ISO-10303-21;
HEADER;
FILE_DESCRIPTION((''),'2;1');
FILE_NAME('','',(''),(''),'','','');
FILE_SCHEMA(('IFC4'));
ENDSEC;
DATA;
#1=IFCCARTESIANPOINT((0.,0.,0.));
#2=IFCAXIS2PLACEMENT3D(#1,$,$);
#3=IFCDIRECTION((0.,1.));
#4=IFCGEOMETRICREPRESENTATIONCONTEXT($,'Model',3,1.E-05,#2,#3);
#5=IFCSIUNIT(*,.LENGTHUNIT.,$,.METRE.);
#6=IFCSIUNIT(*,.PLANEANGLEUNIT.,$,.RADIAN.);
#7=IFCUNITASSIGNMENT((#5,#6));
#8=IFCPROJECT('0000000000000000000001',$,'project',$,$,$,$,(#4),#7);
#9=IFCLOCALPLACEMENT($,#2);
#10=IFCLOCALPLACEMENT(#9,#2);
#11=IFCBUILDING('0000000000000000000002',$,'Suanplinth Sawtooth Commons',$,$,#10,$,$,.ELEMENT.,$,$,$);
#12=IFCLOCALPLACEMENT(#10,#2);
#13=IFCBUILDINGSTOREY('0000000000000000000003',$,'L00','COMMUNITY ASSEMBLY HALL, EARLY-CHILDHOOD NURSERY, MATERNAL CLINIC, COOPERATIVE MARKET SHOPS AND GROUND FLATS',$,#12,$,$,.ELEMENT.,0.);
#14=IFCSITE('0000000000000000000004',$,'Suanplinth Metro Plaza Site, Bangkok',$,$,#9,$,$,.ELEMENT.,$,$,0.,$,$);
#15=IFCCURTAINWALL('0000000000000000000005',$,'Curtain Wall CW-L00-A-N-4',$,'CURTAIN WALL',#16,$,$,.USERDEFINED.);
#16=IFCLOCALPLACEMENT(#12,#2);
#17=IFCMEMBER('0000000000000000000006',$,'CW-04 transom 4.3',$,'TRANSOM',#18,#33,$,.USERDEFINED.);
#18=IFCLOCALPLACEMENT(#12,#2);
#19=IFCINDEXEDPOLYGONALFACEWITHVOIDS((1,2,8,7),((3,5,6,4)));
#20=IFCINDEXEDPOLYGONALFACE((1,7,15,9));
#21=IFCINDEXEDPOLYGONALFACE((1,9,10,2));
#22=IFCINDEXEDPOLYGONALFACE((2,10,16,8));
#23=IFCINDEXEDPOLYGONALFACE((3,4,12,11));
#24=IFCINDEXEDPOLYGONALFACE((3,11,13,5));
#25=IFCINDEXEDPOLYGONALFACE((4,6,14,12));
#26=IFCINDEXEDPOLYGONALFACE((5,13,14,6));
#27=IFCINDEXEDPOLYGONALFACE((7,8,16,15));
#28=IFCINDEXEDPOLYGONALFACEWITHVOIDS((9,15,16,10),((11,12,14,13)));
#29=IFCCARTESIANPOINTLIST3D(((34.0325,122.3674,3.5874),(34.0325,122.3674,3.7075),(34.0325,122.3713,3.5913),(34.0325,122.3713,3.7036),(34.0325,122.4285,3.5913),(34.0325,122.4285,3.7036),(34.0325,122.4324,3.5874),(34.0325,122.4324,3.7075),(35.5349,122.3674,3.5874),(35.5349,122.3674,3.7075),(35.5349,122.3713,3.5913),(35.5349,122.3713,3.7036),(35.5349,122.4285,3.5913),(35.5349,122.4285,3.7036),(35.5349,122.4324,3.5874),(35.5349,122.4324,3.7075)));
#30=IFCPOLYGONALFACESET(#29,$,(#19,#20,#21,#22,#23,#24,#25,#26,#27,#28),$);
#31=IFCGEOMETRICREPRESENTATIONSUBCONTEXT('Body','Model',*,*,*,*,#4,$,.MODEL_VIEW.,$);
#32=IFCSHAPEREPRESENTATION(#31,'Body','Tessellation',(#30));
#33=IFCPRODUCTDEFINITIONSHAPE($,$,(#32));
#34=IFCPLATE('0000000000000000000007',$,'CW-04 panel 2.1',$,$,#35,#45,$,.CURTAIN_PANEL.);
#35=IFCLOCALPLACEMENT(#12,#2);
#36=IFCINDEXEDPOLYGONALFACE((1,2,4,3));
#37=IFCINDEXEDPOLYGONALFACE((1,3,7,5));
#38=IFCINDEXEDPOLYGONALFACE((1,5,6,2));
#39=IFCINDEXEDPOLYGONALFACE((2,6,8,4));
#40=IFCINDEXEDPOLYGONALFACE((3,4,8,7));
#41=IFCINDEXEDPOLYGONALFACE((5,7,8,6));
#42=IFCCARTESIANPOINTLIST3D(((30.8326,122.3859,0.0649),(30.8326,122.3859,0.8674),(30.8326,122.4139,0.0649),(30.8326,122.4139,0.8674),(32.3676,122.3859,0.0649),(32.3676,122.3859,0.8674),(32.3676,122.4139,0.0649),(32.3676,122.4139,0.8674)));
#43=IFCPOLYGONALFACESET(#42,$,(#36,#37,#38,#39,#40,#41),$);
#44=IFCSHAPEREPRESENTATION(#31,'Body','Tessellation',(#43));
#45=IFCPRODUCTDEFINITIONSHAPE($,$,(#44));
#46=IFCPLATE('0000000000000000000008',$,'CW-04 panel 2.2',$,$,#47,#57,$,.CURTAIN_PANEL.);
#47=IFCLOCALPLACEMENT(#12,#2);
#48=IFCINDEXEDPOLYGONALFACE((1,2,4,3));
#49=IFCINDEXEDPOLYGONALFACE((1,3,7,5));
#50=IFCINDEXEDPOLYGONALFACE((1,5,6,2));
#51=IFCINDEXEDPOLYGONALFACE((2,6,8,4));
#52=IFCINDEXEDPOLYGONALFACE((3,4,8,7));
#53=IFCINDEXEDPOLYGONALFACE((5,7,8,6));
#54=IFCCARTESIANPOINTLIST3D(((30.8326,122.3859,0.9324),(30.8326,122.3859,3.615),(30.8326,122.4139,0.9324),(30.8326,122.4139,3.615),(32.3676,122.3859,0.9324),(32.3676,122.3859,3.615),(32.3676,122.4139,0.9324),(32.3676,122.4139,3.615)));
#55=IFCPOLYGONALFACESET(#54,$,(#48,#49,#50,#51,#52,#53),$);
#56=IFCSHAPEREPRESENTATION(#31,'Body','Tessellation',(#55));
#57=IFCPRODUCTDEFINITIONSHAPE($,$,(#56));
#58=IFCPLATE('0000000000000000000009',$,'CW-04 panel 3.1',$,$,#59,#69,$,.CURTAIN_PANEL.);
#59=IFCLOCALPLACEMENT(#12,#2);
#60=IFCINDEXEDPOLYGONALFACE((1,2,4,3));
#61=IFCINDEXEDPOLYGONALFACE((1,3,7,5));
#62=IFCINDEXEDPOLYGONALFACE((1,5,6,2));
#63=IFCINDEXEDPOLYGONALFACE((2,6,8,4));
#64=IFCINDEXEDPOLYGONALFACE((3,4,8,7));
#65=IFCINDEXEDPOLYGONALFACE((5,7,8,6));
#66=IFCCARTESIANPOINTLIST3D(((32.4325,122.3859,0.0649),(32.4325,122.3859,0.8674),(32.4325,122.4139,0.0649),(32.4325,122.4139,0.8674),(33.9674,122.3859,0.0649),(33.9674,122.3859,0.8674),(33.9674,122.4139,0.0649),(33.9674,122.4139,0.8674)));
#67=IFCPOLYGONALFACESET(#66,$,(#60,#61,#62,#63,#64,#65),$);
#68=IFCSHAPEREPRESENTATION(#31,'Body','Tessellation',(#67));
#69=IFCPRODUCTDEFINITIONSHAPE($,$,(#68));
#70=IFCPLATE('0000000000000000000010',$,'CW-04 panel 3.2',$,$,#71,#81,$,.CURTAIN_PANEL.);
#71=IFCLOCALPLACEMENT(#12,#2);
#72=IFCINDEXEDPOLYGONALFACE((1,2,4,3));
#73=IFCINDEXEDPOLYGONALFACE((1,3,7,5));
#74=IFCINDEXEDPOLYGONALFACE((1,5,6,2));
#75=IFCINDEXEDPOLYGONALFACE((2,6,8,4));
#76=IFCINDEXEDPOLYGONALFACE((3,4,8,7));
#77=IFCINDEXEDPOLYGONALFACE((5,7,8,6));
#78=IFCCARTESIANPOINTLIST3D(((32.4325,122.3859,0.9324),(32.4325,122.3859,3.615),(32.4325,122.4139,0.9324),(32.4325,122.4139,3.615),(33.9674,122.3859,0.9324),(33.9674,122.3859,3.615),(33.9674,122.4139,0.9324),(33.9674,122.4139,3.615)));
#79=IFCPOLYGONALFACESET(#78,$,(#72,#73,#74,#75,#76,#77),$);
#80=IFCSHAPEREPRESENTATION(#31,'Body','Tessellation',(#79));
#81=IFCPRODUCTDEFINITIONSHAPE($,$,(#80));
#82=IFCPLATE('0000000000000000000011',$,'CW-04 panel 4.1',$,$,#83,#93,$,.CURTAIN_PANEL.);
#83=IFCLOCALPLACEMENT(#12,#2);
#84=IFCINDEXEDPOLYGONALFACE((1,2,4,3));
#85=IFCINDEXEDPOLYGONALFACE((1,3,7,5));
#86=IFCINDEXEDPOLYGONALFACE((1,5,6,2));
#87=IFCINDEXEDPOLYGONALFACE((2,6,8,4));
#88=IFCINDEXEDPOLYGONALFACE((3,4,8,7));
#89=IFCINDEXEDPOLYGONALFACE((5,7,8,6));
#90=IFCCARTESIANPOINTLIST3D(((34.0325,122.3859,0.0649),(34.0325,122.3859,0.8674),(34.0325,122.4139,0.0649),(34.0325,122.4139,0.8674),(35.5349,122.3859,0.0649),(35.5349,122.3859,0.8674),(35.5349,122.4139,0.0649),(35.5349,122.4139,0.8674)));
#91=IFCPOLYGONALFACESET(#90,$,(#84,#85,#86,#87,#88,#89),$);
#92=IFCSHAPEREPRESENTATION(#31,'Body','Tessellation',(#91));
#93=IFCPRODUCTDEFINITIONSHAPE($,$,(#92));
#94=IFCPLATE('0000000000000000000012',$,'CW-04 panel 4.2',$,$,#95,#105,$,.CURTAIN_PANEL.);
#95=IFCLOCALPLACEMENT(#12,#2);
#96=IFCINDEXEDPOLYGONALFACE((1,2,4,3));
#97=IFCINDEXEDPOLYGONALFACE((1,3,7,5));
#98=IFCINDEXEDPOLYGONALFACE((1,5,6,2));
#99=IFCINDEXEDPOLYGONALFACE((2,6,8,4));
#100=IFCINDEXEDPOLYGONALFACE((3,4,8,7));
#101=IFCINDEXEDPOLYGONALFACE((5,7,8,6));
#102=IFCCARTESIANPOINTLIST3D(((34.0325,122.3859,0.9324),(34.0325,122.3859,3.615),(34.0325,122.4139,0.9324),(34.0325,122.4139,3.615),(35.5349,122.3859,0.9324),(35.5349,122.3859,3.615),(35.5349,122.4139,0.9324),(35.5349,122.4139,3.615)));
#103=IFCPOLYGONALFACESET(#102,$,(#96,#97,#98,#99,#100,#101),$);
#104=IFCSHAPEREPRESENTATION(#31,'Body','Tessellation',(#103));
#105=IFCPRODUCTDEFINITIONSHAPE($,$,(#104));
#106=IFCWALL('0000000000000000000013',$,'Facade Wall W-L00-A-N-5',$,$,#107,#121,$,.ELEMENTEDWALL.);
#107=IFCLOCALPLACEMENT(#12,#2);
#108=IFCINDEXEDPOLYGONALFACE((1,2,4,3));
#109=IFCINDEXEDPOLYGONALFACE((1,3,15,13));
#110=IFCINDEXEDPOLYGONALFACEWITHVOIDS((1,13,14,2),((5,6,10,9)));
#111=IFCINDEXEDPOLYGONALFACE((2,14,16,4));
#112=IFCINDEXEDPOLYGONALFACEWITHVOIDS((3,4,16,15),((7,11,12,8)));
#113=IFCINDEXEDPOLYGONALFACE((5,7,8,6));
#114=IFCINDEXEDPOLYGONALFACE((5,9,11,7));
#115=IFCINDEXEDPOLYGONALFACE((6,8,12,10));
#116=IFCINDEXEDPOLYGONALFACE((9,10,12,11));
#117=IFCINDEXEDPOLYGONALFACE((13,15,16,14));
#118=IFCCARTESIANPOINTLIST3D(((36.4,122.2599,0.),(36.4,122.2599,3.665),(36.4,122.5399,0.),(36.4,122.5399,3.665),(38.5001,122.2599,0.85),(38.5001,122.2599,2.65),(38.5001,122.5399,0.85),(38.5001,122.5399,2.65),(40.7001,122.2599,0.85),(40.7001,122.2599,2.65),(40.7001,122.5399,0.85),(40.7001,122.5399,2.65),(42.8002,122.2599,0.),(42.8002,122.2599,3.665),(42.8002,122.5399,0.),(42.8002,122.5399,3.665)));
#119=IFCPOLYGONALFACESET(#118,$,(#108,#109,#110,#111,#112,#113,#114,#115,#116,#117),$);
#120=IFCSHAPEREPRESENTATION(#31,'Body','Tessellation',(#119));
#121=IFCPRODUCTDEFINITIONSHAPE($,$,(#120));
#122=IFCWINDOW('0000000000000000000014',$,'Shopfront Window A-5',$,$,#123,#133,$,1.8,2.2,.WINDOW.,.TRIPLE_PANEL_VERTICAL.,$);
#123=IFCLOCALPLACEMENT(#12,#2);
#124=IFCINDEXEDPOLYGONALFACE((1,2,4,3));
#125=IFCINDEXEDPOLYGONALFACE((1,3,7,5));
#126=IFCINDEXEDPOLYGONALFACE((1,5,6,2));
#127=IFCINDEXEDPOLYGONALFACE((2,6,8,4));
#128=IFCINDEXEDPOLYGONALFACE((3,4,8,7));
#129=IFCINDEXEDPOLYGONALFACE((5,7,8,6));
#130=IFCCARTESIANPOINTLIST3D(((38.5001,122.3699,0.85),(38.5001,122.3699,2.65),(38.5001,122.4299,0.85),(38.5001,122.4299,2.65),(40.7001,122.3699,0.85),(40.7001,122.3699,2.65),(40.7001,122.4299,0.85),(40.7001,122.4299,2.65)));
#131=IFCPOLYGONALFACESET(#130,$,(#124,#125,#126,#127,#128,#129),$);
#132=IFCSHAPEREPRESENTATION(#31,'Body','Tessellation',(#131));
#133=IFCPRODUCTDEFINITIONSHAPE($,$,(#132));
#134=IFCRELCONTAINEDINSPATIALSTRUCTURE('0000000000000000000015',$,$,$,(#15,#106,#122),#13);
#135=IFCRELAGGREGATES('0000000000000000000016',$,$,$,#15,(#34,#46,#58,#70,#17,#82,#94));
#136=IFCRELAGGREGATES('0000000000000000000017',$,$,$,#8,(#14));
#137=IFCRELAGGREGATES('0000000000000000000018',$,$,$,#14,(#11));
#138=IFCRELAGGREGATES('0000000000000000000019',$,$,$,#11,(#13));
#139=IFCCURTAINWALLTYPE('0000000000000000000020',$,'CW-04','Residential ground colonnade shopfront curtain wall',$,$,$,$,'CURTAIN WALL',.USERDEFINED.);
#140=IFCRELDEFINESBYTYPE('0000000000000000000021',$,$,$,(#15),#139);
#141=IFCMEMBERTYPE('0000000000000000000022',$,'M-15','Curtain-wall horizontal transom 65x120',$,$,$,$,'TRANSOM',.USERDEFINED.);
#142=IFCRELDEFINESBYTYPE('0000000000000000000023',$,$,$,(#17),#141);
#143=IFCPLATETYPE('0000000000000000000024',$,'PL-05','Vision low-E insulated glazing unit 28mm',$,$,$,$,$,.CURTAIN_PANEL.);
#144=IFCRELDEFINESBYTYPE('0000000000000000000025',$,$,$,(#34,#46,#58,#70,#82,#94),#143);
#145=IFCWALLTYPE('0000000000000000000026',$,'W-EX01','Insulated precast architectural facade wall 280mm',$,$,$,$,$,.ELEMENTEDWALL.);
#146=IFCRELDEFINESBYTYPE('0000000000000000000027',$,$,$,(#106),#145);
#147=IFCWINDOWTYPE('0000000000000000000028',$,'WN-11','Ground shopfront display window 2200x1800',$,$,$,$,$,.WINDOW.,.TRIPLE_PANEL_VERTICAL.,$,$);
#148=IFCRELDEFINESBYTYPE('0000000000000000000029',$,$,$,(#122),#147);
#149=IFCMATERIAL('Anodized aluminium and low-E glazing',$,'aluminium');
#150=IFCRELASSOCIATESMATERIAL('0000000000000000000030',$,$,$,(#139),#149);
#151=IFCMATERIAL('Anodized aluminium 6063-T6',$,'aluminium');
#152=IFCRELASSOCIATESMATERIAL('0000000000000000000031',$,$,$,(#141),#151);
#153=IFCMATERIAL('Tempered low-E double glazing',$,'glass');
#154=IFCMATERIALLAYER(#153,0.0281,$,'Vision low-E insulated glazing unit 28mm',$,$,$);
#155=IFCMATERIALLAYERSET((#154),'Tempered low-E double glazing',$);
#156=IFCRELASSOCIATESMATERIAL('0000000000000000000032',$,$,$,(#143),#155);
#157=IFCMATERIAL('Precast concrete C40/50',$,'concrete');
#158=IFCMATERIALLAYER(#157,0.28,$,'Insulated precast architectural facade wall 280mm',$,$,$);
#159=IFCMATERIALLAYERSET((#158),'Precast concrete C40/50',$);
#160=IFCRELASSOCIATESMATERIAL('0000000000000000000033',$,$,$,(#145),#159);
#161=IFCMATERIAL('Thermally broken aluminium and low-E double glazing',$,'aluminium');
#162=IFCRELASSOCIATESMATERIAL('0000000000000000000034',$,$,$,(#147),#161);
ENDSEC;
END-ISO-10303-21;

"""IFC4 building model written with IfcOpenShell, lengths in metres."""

from ifc_helpers import new_model, si_unit, direction, frame, frame_2d, origin, origin_2d, place, context, subcontext, project, spatial, rectangle, hollow_rectangle, extrude, material, layer, layer_set, material_profile, profile_set, type_object, element, fill, aggregate, save


model = new_model("IFC4")

# Units and contexts
model_context = context("Model", 3, precision=1e-05, world=origin(), true_north=direction((0.0, 1.0)))
body_context = subcontext(model_context, "Body", "Model", "MODEL_VIEW")
ifc_project = project(units=[si_unit("LENGTHUNIT", "METRE"), si_unit("PLANEANGLEUNIT", "RADIAN")], contexts=[model_context])

# Site, building, storey
site_placement = place(None, origin())
site = spatial("IfcSite", under=ifc_project, at=site_placement, Name="Suanplinth Metro Plaza Site, Bangkok", CompositionType="ELEMENT", RefElevation=0.0)
building_placement = place(site_placement, origin())
building = spatial("IfcBuilding", under=site, at=building_placement, Name="Suanplinth Sawtooth Commons", CompositionType="ELEMENT")
storey_placement = place(building_placement, origin())
storey = spatial("IfcBuildingStorey", under=building, at=storey_placement, Name="L00", Description="COMMUNITY ASSEMBLY HALL, EARLY-CHILDHOOD NURSERY, MATERNAL CLINIC, COOPERATIVE MARKET SHOPS AND GROUND FLATS", CompositionType="ELEMENT", Elevation=0.0)

# Shared definitions
ifc_material_1 = material(Name="Precast concrete C40/50", Category="concrete")

# Curtain wall, member, plates
ifc_material_2 = material(Name="Anodized aluminium and low-E glazing", Category="aluminium")
curtain_wall_type = type_object("IfcCurtainWallType", Name="CW-04", Description="Residential ground colonnade shopfront curtain wall", ElementType="CURTAIN WALL", PredefinedType="USERDEFINED", material=ifc_material_2)
curtain_wall_placement = place(storey_placement, origin())
curtain_wall = element("IfcCurtainWall", 1, at=curtain_wall_placement, inside=storey, type_object=curtain_wall_type, Name="Curtain Wall CW-L00-A-N-4", ObjectType="CURTAIN WALL", PredefinedType="USERDEFINED")
ifc_material_3 = material(Name="Anodized aluminium 6063-T6", Category="aluminium")
ifc_material_profile_1 = material_profile(ifc_material_3, hollow_rectangle(XDim=0.0649, YDim=0.1201, WallThickness=0.0039, at=origin_2d()), Name="ALU-TRN 65x120")
ifc_profile_set_1 = profile_set([ifc_material_profile_1], Name="Anodized aluminium 6063-T6")
member_type_1 = type_object("IfcMemberType", Name="M-15", Description="Curtain-wall horizontal transom 65x120", ElementType="TRANSOM", PredefinedType="USERDEFINED", material=ifc_profile_set_1)
member_1_placement = place(storey_placement, frame((34.0325, 122.3999, 3.6475), z_axis=(1.0, 0.0, 0.0), x_axis=(0.0, 1.0, 0.0)))
member_1 = element("IfcMember", 2, at=member_1_placement, type_object=member_type_1, Name="CW-04 transom 4.3", ObjectType="TRANSOM", PredefinedType="USERDEFINED", context=body_context, shape_type="SweptSolid", body=[
    extrude(hollow_rectangle(XDim=0.0649, YDim=0.1201, WallThickness=0.0039, at=origin_2d()), origin(), (0.0, 0.0, 1.0), 1.5024),
])
ifc_material_4 = material(Name="Tempered low-E double glazing", Category="glass")
ifc_layer_1 = layer(ifc_material_4, 0.0281, Name="Vision low-E insulated glazing unit 28mm")
ifc_layer_set_1 = layer_set([ifc_layer_1], Name="Tempered low-E double glazing")
plate_type = type_object("IfcPlateType", Name="PL-05", Description="Vision low-E insulated glazing unit 28mm", PredefinedType="CURTAIN_PANEL", material=ifc_layer_set_1)
plate_1_placement = place(storey_placement, frame((31.6001, 122.3999, 0.0649), z_axis=(0.0, 0.0, 1.0), x_axis=(1.0, 0.0, 0.0)))
plate_1 = element("IfcPlate", 3, at=plate_1_placement, type_object=plate_type, Name="CW-04 panel 2.1", PredefinedType="CURTAIN_PANEL", context=body_context, shape_type="SweptSolid", body=[
    extrude(rectangle(XDim=1.5349, YDim=0.0281, at=origin_2d()), origin(), (0.0, 0.0, 1.0), 0.8025),
])
plate_2_placement = place(storey_placement, frame((31.6001, 122.3999, 0.9324), z_axis=(0.0, 0.0, 1.0), x_axis=(1.0, 0.0, 0.0)))
plate_2 = element("IfcPlate", 4, at=plate_2_placement, type_object=plate_type, Name="CW-04 panel 2.2", PredefinedType="CURTAIN_PANEL", context=body_context, shape_type="SweptSolid", body=[
    extrude(rectangle(XDim=1.5349, YDim=0.0281, at=origin_2d()), origin(), (0.0, 0.0, 1.0), 2.6826),
])
plate_3_placement = place(storey_placement, frame((33.2, 122.3999, 0.0649), z_axis=(0.0, 0.0, 1.0), x_axis=(1.0, 0.0, 0.0)))
plate_3 = element("IfcPlate", 5, at=plate_3_placement, type_object=plate_type, Name="CW-04 panel 3.1", PredefinedType="CURTAIN_PANEL", context=body_context, shape_type="SweptSolid", body=[
    extrude(rectangle(XDim=1.5349, YDim=0.0281, at=origin_2d()), origin(), (0.0, 0.0, 1.0), 0.8025),
])
plate_4_placement = place(storey_placement, frame((33.2, 122.3999, 0.9324), z_axis=(0.0, 0.0, 1.0), x_axis=(1.0, 0.0, 0.0)))
plate_4 = element("IfcPlate", 6, at=plate_4_placement, type_object=plate_type, Name="CW-04 panel 3.2", PredefinedType="CURTAIN_PANEL", context=body_context, shape_type="SweptSolid", body=[
    extrude(rectangle(XDim=1.5349, YDim=0.0281, at=origin_2d()), origin(), (0.0, 0.0, 1.0), 2.6826),
])
plate_5_placement = place(storey_placement, frame((34.7837, 122.3999, 0.0649), z_axis=(0.0, 0.0, 1.0), x_axis=(1.0, 0.0, 0.0)))
plate_5 = element("IfcPlate", 7, at=plate_5_placement, type_object=plate_type, Name="CW-04 panel 4.1", PredefinedType="CURTAIN_PANEL", context=body_context, shape_type="SweptSolid", body=[
    extrude(rectangle(XDim=1.5024, YDim=0.0281, at=origin_2d()), origin(), (0.0, 0.0, 1.0), 0.8025),
])
plate_6_placement = place(storey_placement, frame((34.7837, 122.3999, 0.9324), z_axis=(0.0, 0.0, 1.0), x_axis=(1.0, 0.0, 0.0)))
plate_6 = element("IfcPlate", 8, at=plate_6_placement, type_object=plate_type, Name="CW-04 panel 4.2", PredefinedType="CURTAIN_PANEL", context=body_context, shape_type="SweptSolid", body=[
    extrude(rectangle(XDim=1.5024, YDim=0.0281, at=origin_2d()), origin(), (0.0, 0.0, 1.0), 2.6826),
])
aggregate(curtain_wall, [plate_1, plate_2, plate_3, plate_4, member_1, plate_5, plate_6])

# Wall, opening, window
ifc_layer_2 = layer(ifc_material_1, 0.28, Name="Insulated precast architectural facade wall 280mm")
ifc_layer_set_2 = layer_set([ifc_layer_2], Name="Precast concrete C40/50")
wall_type = type_object("IfcWallType", Name="W-EX01", Description="Insulated precast architectural facade wall 280mm", PredefinedType="ELEMENTEDWALL", material=ifc_layer_set_2)
wall_placement = place(storey_placement, frame((36.3999, 122.3999, 0.0), z_axis=(0.0, 0.0, 1.0), x_axis=(1.0, 0.0, 0.0)))
wall = element("IfcWall", 9, at=wall_placement, inside=storey, type_object=wall_type, Name="Facade Wall W-L00-A-N-5", PredefinedType="ELEMENTEDWALL", context=body_context, shape_type="SweptSolid", body=[
    extrude(rectangle(XDim=6.4001, YDim=0.28, at=frame_2d((3.2002, 0.0))), origin(), (0.0, 0.0, 1.0), 3.665),
])
opening_placement = place(wall_placement, frame((2.1001, 0.0, 0.8501)))
opening = element("IfcOpeningElement", 10, at=opening_placement, cuts=wall, PredefinedType="OPENING", context=body_context, shape_type="SweptSolid", body=[
    extrude(rectangle(XDim=2.2, YDim=1.8, at=frame_2d((1.1001, 0.8999))), frame((0.0, 0.1548, 0.0), z_axis=(0.0, -1.0, 0.0), x_axis=(1.0, 0.0, 0.0)), (0.0, 0.0, 1.0), 0.3098),
])
ifc_material_5 = material(Name="Thermally broken aluminium and low-E double glazing", Category="aluminium")
window_type = type_object("IfcWindowType", Name="WN-11", Description="Ground shopfront display window 2200x1800", PartitioningType="TRIPLE_PANEL_VERTICAL", PredefinedType="WINDOW", material=ifc_material_5)
window_placement = place(opening_placement, origin())
window = element("IfcWindow", 11, at=window_placement, inside=storey, type_object=window_type, Name="Shopfront Window A-5", OverallHeight=1.8, OverallWidth=2.2, PartitioningType="TRIPLE_PANEL_VERTICAL", PredefinedType="WINDOW", context=body_context, shape_type="SweptSolid", body=[
    extrude(rectangle(XDim=2.2, YDim=1.8, at=frame_2d((1.1001, 0.8999))), frame((0.0, 0.03, 0.0), z_axis=(0.0, -1.0, 0.0), x_axis=(1.0, 0.0, 0.0)), (0.0, 0.0, 1.0), 0.0601),
])
fill(opening, window)

save(model, "model.ifc")
